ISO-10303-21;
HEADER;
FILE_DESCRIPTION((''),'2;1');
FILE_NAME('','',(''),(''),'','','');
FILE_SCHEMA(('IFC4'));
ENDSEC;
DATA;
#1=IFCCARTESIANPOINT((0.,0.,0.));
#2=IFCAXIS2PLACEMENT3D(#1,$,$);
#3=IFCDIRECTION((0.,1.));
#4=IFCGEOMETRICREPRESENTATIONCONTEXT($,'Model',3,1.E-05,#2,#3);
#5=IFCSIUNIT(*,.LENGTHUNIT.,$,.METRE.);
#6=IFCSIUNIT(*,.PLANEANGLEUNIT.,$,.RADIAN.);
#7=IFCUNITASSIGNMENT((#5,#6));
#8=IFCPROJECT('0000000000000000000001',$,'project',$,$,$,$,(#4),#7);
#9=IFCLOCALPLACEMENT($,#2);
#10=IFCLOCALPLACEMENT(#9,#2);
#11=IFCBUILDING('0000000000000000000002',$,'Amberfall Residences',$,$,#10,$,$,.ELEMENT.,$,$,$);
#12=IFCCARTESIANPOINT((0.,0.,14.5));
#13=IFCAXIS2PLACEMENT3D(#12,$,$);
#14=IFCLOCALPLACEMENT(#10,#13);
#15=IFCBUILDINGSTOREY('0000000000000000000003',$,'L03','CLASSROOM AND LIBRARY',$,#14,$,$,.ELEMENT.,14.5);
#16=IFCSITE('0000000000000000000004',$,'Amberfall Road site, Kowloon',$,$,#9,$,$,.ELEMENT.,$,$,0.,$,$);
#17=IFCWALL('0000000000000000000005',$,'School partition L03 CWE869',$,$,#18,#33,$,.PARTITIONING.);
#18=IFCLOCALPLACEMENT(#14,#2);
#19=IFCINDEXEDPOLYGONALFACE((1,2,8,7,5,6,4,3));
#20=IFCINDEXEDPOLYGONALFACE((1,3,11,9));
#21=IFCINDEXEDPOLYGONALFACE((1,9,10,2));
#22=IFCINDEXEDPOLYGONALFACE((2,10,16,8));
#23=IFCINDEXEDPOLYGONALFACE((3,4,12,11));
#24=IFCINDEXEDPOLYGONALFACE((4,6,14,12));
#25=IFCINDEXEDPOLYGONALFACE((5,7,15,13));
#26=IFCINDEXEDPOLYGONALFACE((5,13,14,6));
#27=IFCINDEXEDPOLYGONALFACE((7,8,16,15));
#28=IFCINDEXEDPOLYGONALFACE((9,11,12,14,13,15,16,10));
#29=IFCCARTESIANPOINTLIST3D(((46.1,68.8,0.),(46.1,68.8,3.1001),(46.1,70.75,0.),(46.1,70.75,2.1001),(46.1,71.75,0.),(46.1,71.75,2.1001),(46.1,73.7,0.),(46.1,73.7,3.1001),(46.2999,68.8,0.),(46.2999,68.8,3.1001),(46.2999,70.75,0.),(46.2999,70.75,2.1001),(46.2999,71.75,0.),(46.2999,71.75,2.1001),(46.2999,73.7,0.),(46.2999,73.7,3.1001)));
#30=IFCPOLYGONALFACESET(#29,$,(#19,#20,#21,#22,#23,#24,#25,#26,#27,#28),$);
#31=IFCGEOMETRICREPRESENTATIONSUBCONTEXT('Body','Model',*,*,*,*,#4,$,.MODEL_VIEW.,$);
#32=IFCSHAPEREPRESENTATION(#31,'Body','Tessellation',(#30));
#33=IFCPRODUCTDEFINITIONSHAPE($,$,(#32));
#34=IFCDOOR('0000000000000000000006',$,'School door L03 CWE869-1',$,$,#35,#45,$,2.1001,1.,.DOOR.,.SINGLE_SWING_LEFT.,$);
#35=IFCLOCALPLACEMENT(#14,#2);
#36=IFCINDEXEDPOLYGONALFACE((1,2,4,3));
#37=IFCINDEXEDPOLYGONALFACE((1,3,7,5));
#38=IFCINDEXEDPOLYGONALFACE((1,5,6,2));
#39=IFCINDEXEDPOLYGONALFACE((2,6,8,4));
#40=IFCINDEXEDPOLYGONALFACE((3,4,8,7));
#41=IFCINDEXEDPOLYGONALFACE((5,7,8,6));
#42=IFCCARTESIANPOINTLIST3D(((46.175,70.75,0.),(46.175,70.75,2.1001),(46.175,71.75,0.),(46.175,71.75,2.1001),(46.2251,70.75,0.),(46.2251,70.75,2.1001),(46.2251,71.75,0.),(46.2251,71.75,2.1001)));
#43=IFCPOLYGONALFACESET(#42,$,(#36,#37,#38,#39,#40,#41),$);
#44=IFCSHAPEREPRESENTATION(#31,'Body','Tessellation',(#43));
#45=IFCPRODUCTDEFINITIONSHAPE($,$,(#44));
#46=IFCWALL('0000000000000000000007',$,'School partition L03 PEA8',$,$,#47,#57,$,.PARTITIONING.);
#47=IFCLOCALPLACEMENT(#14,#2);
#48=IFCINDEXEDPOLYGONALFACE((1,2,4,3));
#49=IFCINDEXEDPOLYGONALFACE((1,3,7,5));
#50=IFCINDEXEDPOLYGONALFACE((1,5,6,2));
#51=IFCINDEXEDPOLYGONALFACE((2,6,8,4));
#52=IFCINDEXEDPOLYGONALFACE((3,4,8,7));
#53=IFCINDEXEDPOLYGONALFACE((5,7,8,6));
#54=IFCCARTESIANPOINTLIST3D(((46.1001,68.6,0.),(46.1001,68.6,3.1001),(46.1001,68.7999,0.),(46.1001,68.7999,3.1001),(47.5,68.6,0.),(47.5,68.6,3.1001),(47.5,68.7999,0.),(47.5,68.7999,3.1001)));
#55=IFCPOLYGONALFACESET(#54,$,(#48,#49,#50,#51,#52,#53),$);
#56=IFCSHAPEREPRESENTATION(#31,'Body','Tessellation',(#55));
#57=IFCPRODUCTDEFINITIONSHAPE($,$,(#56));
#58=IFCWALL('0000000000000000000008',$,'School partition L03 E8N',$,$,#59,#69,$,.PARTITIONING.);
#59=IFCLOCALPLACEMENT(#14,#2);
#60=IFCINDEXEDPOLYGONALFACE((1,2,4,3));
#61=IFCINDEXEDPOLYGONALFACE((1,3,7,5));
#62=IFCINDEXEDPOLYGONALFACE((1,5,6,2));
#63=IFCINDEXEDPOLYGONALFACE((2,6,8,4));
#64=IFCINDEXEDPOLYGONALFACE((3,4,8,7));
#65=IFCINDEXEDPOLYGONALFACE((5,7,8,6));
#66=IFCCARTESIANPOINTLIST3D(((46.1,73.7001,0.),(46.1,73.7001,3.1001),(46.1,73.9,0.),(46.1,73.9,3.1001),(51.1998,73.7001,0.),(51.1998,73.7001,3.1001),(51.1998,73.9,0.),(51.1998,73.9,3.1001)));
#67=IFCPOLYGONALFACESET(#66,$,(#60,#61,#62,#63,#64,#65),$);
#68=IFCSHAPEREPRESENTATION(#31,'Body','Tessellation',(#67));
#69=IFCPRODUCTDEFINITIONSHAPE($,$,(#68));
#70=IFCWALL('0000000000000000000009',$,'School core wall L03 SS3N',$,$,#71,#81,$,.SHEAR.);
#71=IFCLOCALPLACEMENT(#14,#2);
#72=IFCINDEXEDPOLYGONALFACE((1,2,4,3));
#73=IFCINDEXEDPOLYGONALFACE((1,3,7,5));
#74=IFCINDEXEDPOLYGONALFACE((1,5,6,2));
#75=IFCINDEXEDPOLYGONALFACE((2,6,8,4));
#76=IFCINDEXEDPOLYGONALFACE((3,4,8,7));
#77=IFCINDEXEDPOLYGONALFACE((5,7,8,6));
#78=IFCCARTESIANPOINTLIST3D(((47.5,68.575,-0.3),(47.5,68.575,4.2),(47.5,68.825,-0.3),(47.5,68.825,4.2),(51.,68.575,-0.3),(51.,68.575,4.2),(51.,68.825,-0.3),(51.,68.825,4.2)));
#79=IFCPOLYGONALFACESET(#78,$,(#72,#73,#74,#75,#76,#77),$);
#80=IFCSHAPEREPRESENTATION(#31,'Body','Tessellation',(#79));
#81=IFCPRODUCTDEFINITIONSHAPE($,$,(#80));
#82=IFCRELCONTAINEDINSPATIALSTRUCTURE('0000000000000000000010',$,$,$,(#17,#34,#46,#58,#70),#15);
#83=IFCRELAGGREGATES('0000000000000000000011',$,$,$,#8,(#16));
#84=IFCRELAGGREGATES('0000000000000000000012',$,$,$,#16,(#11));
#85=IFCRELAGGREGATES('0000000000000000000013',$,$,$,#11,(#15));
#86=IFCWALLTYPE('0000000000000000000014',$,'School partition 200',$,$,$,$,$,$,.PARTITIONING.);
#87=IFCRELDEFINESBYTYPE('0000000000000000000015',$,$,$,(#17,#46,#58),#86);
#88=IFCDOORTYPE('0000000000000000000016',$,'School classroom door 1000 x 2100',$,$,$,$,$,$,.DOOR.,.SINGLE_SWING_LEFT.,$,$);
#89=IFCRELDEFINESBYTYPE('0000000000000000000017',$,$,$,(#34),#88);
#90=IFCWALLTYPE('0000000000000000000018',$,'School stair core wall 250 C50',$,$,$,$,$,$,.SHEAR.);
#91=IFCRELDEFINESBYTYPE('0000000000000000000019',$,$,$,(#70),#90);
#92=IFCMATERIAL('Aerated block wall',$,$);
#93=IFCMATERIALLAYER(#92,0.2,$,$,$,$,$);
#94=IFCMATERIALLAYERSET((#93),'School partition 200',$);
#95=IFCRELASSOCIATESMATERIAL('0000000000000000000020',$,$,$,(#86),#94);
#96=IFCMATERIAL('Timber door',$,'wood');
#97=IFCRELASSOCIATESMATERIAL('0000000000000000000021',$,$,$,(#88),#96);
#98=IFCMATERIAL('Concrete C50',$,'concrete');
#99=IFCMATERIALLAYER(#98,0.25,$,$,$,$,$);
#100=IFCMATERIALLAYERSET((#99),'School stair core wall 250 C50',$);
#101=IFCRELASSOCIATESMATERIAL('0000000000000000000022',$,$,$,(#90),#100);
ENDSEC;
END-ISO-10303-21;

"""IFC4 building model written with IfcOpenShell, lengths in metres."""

from ifc_helpers import new_model, si_unit, direction, frame, frame_2d, origin, place, context, subcontext, project, spatial, rectangle, extrude, material, layer, layer_set, type_object, element, fill, save


model = new_model("IFC4")

# Units and contexts
model_context = context("Model", 3, precision=1e-05, world=origin(), true_north=direction((0.0, 1.0)))
body_context = subcontext(model_context, "Body", "Model", "MODEL_VIEW")
ifc_project = project(units=[si_unit("LENGTHUNIT", "METRE"), si_unit("PLANEANGLEUNIT", "RADIAN")], contexts=[model_context])

# Site, building, storey
site_placement = place(None, origin())
site = spatial("IfcSite", under=ifc_project, at=site_placement, Name="Amberfall Road site, Kowloon", CompositionType="ELEMENT", RefElevation=0.0)
building_placement = place(site_placement, origin())
building = spatial("IfcBuilding", under=site, at=building_placement, Name="Amberfall Residences", CompositionType="ELEMENT")
storey_placement = place(building_placement, frame((0.0, 0.0, 14.5)))
storey = spatial("IfcBuildingStorey", under=building, at=storey_placement, Name="L03", Description="CLASSROOM AND LIBRARY", CompositionType="ELEMENT", Elevation=14.5)

# Shared definitions
ifc_material_1 = material(Name="Aerated block wall")

# Shared definitions
ifc_layer_1 = layer(ifc_material_1, 0.2)
ifc_layer_set_1 = layer_set([ifc_layer_1], Name="School partition 200")
wall_type_1 = type_object("IfcWallType", Name="School partition 200", PredefinedType="PARTITIONING", material=ifc_layer_set_1)
ifc_material_2 = material(Name="Timber door", Category="wood")
door_type = type_object("IfcDoorType", Name="School classroom door 1000 x 2100", OperationType="SINGLE_SWING_LEFT", PredefinedType="DOOR", material=ifc_material_2)

# Wall, opening, door
wall_1_placement = place(storey_placement, frame((46.2, 68.8, 0.0), z_axis=(0.0, 0.0, 1.0), x_axis=(0.0, 1.0, 0.0)))
wall_1 = element("IfcWall", 1, at=wall_1_placement, inside=storey, type_object=wall_type_1, Name="School partition L03 CWE869", PredefinedType="PARTITIONING", context=body_context, shape_type="SweptSolid", body=[
    extrude(rectangle(XDim=4.8999, YDim=0.2, at=frame_2d((2.45, 0.0))), origin(), (0.0, 0.0, 1.0), 3.1001),
])
opening_1_placement = place(wall_1_placement, frame((1.95, 0.0, 0.0)))
opening_1 = element("IfcOpeningElement", 2, at=opening_1_placement, cuts=wall_1, PredefinedType="OPENING", context=body_context, shape_type="SweptSolid", body=[
    extrude(rectangle(XDim=1.0, YDim=2.1001, at=frame_2d((0.5, 1.05))), frame((0.0, 0.1099, 0.0), z_axis=(0.0, -1.0, 0.0), x_axis=(1.0, 0.0, 0.0)), (0.0, 0.0, 1.0), 0.22),
])
door_1_placement = place(opening_1_placement, origin())
door_1 = element("IfcDoor", 3, at=door_1_placement, inside=storey, type_object=door_type, Name="School door L03 CWE869-1", OperationType="SINGLE_SWING_LEFT", OverallHeight=2.1001, OverallWidth=1.0, PredefinedType="DOOR", context=body_context, shape_type="SweptSolid", body=[
    extrude(rectangle(XDim=1.0, YDim=2.1001, at=frame_2d((0.5, 1.05))), frame((0.0, 0.0249, 0.0), z_axis=(0.0, -1.0, 0.0), x_axis=(1.0, 0.0, 0.0)), (0.0, 0.0, 1.0), 0.05),
])
fill(opening_1, door_1)

# Walls
wall_2_placement = place(storey_placement, frame((46.1001, 68.7, 0.0), z_axis=(0.0, 0.0, 1.0), x_axis=(1.0, 0.0, 0.0)))
element("IfcWall", 4, at=wall_2_placement, inside=storey, type_object=wall_type_1, Name="School partition L03 PEA8", PredefinedType="PARTITIONING", context=body_context, shape_type="SweptSolid", body=[
    extrude(rectangle(XDim=1.3999, YDim=0.2, at=frame_2d((0.7, 0.0))), origin(), (0.0, 0.0, 1.0), 3.1001),
])
wall_3_placement = place(storey_placement, frame((46.1001, 73.8, 0.0), z_axis=(0.0, 0.0, 1.0), x_axis=(1.0, 0.0, 0.0)))
element("IfcWall", 5, at=wall_3_placement, inside=storey, type_object=wall_type_1, Name="School partition L03 E8N", PredefinedType="PARTITIONING", context=body_context, shape_type="SweptSolid", body=[
    extrude(rectangle(XDim=5.0999, YDim=0.2, at=frame_2d((2.5498, 0.0))), origin(), (0.0, 0.0, 1.0), 3.1001),
])
ifc_material_3 = material(Name="Concrete C50", Category="concrete")
ifc_layer_2 = layer(ifc_material_3, 0.25)
ifc_layer_set_2 = layer_set([ifc_layer_2], Name="School stair core wall 250 C50")
wall_type_2 = type_object("IfcWallType", Name="School stair core wall 250 C50", PredefinedType="SHEAR", material=ifc_layer_set_2)
wall_4_placement = place(storey_placement, frame((47.5, 68.7, -0.3), z_axis=(0.0, 0.0, 1.0), x_axis=(1.0, 0.0, 0.0)))
element("IfcWall", 6, at=wall_4_placement, inside=storey, type_object=wall_type_2, Name="School core wall L03 SS3N", PredefinedType="SHEAR", context=body_context, shape_type="SweptSolid", body=[
    extrude(rectangle(XDim=3.5, YDim=0.25, at=frame_2d((1.75, 0.0))), origin(), (0.0, 0.0, 1.0), 4.5),
])

save(model, "model.ifc")
